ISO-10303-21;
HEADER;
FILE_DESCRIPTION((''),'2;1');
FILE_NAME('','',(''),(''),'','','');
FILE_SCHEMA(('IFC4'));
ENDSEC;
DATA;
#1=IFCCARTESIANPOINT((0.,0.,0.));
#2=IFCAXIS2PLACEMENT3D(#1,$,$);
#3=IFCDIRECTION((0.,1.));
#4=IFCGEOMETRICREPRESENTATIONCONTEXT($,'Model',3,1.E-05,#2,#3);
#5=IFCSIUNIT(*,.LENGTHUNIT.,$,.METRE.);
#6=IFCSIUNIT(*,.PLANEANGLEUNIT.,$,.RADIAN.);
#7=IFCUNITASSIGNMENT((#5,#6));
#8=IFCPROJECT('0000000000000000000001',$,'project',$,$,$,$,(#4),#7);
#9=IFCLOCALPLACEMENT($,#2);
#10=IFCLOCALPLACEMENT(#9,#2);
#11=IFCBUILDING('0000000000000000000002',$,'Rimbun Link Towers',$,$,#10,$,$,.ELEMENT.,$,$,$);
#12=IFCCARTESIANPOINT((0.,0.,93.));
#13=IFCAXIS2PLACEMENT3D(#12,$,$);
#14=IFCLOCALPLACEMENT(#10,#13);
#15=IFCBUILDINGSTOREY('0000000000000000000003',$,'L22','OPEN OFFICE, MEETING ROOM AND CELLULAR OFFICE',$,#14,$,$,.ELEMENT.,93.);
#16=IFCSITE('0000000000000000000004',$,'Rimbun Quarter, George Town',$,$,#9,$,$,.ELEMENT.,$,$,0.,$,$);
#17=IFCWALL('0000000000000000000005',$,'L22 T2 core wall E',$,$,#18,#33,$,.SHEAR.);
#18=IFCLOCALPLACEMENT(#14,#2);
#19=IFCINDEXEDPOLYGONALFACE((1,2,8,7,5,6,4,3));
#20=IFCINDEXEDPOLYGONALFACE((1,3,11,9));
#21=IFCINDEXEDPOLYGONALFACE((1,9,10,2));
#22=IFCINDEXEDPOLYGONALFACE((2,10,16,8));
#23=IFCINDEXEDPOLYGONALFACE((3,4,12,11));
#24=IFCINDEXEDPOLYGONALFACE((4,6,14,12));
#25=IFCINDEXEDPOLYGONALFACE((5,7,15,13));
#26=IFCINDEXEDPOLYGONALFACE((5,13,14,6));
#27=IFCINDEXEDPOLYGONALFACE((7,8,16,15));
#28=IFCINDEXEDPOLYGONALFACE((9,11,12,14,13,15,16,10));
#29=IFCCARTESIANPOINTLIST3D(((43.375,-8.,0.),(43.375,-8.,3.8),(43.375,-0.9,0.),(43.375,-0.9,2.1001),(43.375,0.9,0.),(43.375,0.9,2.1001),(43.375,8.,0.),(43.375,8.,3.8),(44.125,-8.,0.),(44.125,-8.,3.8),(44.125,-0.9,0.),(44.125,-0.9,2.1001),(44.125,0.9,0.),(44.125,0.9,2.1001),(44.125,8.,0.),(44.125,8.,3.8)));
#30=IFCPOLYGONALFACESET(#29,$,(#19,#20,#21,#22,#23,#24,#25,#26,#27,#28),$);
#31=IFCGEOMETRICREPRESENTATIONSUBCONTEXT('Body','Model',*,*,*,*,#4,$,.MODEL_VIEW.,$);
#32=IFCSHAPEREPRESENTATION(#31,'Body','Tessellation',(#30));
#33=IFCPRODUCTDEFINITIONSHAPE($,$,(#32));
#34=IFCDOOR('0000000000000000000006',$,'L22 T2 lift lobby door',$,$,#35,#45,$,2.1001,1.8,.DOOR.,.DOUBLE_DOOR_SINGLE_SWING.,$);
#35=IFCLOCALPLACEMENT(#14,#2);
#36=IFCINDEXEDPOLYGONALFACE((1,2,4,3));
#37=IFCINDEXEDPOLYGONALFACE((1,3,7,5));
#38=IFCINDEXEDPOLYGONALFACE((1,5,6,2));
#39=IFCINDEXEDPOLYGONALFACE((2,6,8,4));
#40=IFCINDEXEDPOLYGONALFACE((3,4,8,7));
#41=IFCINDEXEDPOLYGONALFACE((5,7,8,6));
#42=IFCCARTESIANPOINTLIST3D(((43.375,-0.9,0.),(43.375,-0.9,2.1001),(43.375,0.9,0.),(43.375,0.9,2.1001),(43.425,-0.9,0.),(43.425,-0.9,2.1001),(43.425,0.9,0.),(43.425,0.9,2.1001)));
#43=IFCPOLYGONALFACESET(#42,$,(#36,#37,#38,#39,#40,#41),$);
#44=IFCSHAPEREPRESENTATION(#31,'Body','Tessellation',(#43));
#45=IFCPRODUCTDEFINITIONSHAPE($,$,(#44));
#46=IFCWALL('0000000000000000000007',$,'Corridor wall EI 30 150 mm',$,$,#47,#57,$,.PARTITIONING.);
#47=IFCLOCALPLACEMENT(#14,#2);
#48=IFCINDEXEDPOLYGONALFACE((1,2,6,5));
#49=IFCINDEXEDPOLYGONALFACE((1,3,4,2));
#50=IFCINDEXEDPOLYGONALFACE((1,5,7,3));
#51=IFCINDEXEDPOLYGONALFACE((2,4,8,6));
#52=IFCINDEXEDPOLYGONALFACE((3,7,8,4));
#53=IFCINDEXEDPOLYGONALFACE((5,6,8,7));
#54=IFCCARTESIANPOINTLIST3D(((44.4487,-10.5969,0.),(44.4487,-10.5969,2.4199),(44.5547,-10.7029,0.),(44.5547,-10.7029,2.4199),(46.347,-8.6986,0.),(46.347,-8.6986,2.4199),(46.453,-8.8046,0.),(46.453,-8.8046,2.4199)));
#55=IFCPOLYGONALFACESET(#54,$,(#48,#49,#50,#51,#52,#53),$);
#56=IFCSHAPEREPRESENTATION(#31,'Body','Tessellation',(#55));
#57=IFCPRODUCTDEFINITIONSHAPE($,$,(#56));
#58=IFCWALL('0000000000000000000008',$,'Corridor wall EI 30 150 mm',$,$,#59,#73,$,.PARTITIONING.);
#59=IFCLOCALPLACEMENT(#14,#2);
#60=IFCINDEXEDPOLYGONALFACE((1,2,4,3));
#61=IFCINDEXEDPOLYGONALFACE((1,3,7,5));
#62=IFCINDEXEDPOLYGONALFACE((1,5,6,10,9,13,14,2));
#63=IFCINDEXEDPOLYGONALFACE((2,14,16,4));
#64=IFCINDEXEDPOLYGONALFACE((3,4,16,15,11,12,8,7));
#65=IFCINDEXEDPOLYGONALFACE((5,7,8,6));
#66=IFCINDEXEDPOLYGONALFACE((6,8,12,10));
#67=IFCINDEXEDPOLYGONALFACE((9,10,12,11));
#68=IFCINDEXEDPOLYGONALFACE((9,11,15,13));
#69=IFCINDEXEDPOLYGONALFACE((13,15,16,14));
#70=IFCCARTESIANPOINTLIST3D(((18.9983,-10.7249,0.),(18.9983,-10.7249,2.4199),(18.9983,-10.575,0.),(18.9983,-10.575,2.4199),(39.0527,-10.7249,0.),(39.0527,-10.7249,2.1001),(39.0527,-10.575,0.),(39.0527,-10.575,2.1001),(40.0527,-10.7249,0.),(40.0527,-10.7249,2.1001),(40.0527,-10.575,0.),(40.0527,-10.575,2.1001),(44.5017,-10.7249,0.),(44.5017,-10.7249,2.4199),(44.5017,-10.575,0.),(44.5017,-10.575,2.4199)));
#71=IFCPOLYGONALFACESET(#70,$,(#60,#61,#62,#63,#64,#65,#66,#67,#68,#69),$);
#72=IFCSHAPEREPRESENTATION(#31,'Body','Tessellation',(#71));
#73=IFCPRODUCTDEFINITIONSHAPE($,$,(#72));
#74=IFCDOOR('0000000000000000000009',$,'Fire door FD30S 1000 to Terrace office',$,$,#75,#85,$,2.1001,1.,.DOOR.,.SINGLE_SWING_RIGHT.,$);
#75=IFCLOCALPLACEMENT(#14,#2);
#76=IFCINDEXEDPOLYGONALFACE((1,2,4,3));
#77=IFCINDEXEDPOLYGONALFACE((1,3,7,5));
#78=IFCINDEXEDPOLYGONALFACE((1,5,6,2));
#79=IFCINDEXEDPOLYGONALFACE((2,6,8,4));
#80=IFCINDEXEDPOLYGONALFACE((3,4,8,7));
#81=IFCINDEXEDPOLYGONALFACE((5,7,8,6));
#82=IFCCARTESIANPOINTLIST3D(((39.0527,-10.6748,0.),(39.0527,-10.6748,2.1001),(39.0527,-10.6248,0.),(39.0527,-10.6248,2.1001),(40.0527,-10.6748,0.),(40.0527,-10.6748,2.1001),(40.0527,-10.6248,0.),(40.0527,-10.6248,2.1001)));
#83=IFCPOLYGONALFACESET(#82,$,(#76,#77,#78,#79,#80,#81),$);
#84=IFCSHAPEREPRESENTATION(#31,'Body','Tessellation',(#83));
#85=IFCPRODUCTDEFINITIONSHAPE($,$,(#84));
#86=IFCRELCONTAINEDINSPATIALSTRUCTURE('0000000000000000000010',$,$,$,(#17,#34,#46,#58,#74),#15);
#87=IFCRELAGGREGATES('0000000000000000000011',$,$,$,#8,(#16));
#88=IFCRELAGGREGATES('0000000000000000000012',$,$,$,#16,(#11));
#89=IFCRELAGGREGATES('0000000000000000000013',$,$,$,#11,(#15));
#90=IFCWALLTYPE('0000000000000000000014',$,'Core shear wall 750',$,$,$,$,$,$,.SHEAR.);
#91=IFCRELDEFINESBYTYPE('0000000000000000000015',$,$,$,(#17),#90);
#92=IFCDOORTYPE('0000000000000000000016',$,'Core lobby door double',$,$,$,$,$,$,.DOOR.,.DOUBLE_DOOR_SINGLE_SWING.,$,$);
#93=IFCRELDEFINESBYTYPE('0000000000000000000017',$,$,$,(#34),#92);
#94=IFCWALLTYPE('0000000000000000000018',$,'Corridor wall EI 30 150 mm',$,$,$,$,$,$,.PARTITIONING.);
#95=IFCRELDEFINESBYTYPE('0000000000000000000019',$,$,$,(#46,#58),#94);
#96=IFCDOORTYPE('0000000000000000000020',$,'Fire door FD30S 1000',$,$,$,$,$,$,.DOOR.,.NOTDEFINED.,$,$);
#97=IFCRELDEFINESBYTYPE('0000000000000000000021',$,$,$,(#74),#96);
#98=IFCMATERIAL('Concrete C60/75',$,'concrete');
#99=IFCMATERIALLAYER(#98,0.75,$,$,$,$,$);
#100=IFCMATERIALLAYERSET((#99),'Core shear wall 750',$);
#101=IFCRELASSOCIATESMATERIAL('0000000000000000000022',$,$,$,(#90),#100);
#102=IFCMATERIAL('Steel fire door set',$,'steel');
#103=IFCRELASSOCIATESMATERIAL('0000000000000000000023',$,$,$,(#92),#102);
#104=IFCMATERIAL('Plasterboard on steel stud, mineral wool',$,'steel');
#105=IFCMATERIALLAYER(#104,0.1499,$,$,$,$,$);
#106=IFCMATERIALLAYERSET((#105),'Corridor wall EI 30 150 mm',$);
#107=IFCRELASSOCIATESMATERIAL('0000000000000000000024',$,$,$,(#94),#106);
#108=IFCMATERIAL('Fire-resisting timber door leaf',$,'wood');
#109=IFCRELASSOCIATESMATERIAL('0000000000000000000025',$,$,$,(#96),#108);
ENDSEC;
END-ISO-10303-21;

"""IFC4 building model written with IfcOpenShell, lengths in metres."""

from ifc_helpers import new_model, si_unit, direction, frame, frame_2d, origin, place, context, subcontext, project, spatial, rectangle, extrude, material, layer, layer_set, type_object, element, fill, save


model = new_model("IFC4")

# Units and contexts
model_context = context("Model", 3, precision=1e-05, world=origin(), true_north=direction((0.0, 1.0)))
body_context = subcontext(model_context, "Body", "Model", "MODEL_VIEW")
ifc_project = project(units=[si_unit("LENGTHUNIT", "METRE"), si_unit("PLANEANGLEUNIT", "RADIAN")], contexts=[model_context])

# Site, building, storey
site_placement = place(None, origin())
site = spatial("IfcSite", under=ifc_project, at=site_placement, Name="Rimbun Quarter, George Town", CompositionType="ELEMENT", RefElevation=0.0)
building_placement = place(site_placement, origin())
building = spatial("IfcBuilding", under=site, at=building_placement, Name="Rimbun Link Towers", CompositionType="ELEMENT")
storey_placement = place(building_placement, frame((0.0, 0.0, 93.0)))
storey = spatial("IfcBuildingStorey", under=building, at=storey_placement, Name="L22", Description="OPEN OFFICE, MEETING ROOM AND CELLULAR OFFICE", CompositionType="ELEMENT", Elevation=93.0)

# Wall, opening, door
ifc_material_1 = material(Name="Concrete C60/75", Category="concrete")
ifc_layer_1 = layer(ifc_material_1, 0.75)
ifc_layer_set_1 = layer_set([ifc_layer_1], Name="Core shear wall 750")
wall_type_1 = type_object("IfcWallType", Name="Core shear wall 750", PredefinedType="SHEAR", material=ifc_layer_set_1)
wall_1_placement = place(storey_placement, frame((43.75, -8.0, 0.0), z_axis=(0.0, 0.0, 1.0), x_axis=(0.0, 1.0, 0.0)))
wall_1 = element("IfcWall", 1, at=wall_1_placement, inside=storey, type_object=wall_type_1, Name="L22 T2 core wall E", PredefinedType="SHEAR", context=body_context, shape_type="SweptSolid", body=[
    extrude(rectangle(XDim=16.0, YDim=0.75, at=frame_2d((8.0, 0.0))), origin(), (0.0, 0.0, 1.0), 3.8),
])
opening_1_placement = place(wall_1_placement, frame((7.1001, 0.0, 0.0)))
opening_1 = element("IfcOpeningElement", 2, at=opening_1_placement, cuts=wall_1, PredefinedType="OPENING", context=body_context, shape_type="SweptSolid", body=[
    extrude(rectangle(XDim=1.8, YDim=2.1001, at=frame_2d((0.8999, 1.05))), frame((0.0, 0.385, 0.0), z_axis=(0.0, -1.0, 0.0), x_axis=(1.0, 0.0, 0.0)), (0.0, 0.0, 1.0), 0.77),
])
ifc_material_2 = material(Name="Steel fire door set", Category="steel")
door_type_1 = type_object("IfcDoorType", Name="Core lobby door double", OperationType="DOUBLE_DOOR_SINGLE_SWING", PredefinedType="DOOR", material=ifc_material_2)
door_1_placement = place(opening_1_placement, origin())
door_1 = element("IfcDoor", 3, at=door_1_placement, inside=storey, type_object=door_type_1, Name="L22 T2 lift lobby door", OperationType="DOUBLE_DOOR_SINGLE_SWING", OverallHeight=2.1001, OverallWidth=1.8, PredefinedType="DOOR", context=body_context, shape_type="SweptSolid", body=[
    extrude(rectangle(XDim=1.8, YDim=2.1001, at=frame_2d((0.8999, 1.05))), frame((0.0, 0.375, 0.0), z_axis=(0.0, -1.0, 0.0), x_axis=(1.0, 0.0, 0.0)), (0.0, 0.0, 1.0), 0.05),
])
fill(opening_1, door_1)

# Wall
ifc_material_3 = material(Name="Plasterboard on steel stud, mineral wool", Category="steel")
ifc_layer_2 = layer(ifc_material_3, 0.1499)
ifc_layer_set_2 = layer_set([ifc_layer_2], Name="Corridor wall EI 30 150 mm")
wall_type_2 = type_object("IfcWallType", Name="Corridor wall EI 30 150 mm", PredefinedType="PARTITIONING", material=ifc_layer_set_2)
wall_2_placement = place(storey_placement, frame((44.5017, -10.6499, 0.0), z_axis=(0.0, 0.0, 1.0), x_axis=(0.707107, 0.707107, 0.0)))
element("IfcWall", 4, at=wall_2_placement, inside=storey, type_object=wall_type_2, Name="Corridor wall EI 30 150 mm", PredefinedType="PARTITIONING", context=body_context, shape_type="SweptSolid", body=[
    extrude(rectangle(XDim=2.6846, YDim=0.1499, at=frame_2d((1.3423, 0.0))), origin(), (0.0, 0.0, 1.0), 2.4199),
])

# Wall, opening, door
wall_3_placement = place(storey_placement, frame((44.5017, -10.6499, 0.0), z_axis=(0.0, 0.0, 1.0), x_axis=(-1.0, 0.0, 0.0)))
wall_3 = element("IfcWall", 5, at=wall_3_placement, inside=storey, type_object=wall_type_2, Name="Corridor wall EI 30 150 mm", PredefinedType="PARTITIONING", context=body_context, shape_type="SweptSolid", body=[
    extrude(rectangle(XDim=25.5034, YDim=0.1499, at=frame_2d((12.7517, 0.0))), origin(), (0.0, 0.0, 1.0), 2.4199),
])
opening_2_placement = place(wall_3_placement, frame((4.449, 0.0, 0.0)))
opening_2 = element("IfcOpeningElement", 6, at=opening_2_placement, cuts=wall_3, PredefinedType="OPENING", context=body_context, shape_type="SweptSolid", body=[
    extrude(rectangle(XDim=1.0, YDim=2.1001, at=frame_2d((0.5, 1.05))), frame((0.0, 0.085, 0.0), z_axis=(0.0, -1.0, 0.0), x_axis=(1.0, 0.0, 0.0)), (0.0, 0.0, 1.0), 0.1699),
])
ifc_material_4 = material(Name="Fire-resisting timber door leaf", Category="wood")
door_type_2 = type_object("IfcDoorType", Name="Fire door FD30S 1000", OperationType="NOTDEFINED", PredefinedType="DOOR", material=ifc_material_4)
door_2_placement = place(opening_2_placement, origin())
door_2 = element("IfcDoor", 7, at=door_2_placement, inside=storey, type_object=door_type_2, Name="Fire door FD30S 1000 to Terrace office", OperationType="SINGLE_SWING_RIGHT", OverallHeight=2.1001, OverallWidth=1.0, PredefinedType="DOOR", context=body_context, shape_type="SweptSolid", body=[
    extrude(rectangle(XDim=1.0, YDim=2.1001, at=frame_2d((0.5, 1.05))), frame((0.0, 0.0249, 0.0), z_axis=(0.0, -1.0, 0.0), x_axis=(1.0, 0.0, 0.0)), (0.0, 0.0, 1.0), 0.05),
])
fill(opening_2, door_2)

save(model, "model.ifc")
